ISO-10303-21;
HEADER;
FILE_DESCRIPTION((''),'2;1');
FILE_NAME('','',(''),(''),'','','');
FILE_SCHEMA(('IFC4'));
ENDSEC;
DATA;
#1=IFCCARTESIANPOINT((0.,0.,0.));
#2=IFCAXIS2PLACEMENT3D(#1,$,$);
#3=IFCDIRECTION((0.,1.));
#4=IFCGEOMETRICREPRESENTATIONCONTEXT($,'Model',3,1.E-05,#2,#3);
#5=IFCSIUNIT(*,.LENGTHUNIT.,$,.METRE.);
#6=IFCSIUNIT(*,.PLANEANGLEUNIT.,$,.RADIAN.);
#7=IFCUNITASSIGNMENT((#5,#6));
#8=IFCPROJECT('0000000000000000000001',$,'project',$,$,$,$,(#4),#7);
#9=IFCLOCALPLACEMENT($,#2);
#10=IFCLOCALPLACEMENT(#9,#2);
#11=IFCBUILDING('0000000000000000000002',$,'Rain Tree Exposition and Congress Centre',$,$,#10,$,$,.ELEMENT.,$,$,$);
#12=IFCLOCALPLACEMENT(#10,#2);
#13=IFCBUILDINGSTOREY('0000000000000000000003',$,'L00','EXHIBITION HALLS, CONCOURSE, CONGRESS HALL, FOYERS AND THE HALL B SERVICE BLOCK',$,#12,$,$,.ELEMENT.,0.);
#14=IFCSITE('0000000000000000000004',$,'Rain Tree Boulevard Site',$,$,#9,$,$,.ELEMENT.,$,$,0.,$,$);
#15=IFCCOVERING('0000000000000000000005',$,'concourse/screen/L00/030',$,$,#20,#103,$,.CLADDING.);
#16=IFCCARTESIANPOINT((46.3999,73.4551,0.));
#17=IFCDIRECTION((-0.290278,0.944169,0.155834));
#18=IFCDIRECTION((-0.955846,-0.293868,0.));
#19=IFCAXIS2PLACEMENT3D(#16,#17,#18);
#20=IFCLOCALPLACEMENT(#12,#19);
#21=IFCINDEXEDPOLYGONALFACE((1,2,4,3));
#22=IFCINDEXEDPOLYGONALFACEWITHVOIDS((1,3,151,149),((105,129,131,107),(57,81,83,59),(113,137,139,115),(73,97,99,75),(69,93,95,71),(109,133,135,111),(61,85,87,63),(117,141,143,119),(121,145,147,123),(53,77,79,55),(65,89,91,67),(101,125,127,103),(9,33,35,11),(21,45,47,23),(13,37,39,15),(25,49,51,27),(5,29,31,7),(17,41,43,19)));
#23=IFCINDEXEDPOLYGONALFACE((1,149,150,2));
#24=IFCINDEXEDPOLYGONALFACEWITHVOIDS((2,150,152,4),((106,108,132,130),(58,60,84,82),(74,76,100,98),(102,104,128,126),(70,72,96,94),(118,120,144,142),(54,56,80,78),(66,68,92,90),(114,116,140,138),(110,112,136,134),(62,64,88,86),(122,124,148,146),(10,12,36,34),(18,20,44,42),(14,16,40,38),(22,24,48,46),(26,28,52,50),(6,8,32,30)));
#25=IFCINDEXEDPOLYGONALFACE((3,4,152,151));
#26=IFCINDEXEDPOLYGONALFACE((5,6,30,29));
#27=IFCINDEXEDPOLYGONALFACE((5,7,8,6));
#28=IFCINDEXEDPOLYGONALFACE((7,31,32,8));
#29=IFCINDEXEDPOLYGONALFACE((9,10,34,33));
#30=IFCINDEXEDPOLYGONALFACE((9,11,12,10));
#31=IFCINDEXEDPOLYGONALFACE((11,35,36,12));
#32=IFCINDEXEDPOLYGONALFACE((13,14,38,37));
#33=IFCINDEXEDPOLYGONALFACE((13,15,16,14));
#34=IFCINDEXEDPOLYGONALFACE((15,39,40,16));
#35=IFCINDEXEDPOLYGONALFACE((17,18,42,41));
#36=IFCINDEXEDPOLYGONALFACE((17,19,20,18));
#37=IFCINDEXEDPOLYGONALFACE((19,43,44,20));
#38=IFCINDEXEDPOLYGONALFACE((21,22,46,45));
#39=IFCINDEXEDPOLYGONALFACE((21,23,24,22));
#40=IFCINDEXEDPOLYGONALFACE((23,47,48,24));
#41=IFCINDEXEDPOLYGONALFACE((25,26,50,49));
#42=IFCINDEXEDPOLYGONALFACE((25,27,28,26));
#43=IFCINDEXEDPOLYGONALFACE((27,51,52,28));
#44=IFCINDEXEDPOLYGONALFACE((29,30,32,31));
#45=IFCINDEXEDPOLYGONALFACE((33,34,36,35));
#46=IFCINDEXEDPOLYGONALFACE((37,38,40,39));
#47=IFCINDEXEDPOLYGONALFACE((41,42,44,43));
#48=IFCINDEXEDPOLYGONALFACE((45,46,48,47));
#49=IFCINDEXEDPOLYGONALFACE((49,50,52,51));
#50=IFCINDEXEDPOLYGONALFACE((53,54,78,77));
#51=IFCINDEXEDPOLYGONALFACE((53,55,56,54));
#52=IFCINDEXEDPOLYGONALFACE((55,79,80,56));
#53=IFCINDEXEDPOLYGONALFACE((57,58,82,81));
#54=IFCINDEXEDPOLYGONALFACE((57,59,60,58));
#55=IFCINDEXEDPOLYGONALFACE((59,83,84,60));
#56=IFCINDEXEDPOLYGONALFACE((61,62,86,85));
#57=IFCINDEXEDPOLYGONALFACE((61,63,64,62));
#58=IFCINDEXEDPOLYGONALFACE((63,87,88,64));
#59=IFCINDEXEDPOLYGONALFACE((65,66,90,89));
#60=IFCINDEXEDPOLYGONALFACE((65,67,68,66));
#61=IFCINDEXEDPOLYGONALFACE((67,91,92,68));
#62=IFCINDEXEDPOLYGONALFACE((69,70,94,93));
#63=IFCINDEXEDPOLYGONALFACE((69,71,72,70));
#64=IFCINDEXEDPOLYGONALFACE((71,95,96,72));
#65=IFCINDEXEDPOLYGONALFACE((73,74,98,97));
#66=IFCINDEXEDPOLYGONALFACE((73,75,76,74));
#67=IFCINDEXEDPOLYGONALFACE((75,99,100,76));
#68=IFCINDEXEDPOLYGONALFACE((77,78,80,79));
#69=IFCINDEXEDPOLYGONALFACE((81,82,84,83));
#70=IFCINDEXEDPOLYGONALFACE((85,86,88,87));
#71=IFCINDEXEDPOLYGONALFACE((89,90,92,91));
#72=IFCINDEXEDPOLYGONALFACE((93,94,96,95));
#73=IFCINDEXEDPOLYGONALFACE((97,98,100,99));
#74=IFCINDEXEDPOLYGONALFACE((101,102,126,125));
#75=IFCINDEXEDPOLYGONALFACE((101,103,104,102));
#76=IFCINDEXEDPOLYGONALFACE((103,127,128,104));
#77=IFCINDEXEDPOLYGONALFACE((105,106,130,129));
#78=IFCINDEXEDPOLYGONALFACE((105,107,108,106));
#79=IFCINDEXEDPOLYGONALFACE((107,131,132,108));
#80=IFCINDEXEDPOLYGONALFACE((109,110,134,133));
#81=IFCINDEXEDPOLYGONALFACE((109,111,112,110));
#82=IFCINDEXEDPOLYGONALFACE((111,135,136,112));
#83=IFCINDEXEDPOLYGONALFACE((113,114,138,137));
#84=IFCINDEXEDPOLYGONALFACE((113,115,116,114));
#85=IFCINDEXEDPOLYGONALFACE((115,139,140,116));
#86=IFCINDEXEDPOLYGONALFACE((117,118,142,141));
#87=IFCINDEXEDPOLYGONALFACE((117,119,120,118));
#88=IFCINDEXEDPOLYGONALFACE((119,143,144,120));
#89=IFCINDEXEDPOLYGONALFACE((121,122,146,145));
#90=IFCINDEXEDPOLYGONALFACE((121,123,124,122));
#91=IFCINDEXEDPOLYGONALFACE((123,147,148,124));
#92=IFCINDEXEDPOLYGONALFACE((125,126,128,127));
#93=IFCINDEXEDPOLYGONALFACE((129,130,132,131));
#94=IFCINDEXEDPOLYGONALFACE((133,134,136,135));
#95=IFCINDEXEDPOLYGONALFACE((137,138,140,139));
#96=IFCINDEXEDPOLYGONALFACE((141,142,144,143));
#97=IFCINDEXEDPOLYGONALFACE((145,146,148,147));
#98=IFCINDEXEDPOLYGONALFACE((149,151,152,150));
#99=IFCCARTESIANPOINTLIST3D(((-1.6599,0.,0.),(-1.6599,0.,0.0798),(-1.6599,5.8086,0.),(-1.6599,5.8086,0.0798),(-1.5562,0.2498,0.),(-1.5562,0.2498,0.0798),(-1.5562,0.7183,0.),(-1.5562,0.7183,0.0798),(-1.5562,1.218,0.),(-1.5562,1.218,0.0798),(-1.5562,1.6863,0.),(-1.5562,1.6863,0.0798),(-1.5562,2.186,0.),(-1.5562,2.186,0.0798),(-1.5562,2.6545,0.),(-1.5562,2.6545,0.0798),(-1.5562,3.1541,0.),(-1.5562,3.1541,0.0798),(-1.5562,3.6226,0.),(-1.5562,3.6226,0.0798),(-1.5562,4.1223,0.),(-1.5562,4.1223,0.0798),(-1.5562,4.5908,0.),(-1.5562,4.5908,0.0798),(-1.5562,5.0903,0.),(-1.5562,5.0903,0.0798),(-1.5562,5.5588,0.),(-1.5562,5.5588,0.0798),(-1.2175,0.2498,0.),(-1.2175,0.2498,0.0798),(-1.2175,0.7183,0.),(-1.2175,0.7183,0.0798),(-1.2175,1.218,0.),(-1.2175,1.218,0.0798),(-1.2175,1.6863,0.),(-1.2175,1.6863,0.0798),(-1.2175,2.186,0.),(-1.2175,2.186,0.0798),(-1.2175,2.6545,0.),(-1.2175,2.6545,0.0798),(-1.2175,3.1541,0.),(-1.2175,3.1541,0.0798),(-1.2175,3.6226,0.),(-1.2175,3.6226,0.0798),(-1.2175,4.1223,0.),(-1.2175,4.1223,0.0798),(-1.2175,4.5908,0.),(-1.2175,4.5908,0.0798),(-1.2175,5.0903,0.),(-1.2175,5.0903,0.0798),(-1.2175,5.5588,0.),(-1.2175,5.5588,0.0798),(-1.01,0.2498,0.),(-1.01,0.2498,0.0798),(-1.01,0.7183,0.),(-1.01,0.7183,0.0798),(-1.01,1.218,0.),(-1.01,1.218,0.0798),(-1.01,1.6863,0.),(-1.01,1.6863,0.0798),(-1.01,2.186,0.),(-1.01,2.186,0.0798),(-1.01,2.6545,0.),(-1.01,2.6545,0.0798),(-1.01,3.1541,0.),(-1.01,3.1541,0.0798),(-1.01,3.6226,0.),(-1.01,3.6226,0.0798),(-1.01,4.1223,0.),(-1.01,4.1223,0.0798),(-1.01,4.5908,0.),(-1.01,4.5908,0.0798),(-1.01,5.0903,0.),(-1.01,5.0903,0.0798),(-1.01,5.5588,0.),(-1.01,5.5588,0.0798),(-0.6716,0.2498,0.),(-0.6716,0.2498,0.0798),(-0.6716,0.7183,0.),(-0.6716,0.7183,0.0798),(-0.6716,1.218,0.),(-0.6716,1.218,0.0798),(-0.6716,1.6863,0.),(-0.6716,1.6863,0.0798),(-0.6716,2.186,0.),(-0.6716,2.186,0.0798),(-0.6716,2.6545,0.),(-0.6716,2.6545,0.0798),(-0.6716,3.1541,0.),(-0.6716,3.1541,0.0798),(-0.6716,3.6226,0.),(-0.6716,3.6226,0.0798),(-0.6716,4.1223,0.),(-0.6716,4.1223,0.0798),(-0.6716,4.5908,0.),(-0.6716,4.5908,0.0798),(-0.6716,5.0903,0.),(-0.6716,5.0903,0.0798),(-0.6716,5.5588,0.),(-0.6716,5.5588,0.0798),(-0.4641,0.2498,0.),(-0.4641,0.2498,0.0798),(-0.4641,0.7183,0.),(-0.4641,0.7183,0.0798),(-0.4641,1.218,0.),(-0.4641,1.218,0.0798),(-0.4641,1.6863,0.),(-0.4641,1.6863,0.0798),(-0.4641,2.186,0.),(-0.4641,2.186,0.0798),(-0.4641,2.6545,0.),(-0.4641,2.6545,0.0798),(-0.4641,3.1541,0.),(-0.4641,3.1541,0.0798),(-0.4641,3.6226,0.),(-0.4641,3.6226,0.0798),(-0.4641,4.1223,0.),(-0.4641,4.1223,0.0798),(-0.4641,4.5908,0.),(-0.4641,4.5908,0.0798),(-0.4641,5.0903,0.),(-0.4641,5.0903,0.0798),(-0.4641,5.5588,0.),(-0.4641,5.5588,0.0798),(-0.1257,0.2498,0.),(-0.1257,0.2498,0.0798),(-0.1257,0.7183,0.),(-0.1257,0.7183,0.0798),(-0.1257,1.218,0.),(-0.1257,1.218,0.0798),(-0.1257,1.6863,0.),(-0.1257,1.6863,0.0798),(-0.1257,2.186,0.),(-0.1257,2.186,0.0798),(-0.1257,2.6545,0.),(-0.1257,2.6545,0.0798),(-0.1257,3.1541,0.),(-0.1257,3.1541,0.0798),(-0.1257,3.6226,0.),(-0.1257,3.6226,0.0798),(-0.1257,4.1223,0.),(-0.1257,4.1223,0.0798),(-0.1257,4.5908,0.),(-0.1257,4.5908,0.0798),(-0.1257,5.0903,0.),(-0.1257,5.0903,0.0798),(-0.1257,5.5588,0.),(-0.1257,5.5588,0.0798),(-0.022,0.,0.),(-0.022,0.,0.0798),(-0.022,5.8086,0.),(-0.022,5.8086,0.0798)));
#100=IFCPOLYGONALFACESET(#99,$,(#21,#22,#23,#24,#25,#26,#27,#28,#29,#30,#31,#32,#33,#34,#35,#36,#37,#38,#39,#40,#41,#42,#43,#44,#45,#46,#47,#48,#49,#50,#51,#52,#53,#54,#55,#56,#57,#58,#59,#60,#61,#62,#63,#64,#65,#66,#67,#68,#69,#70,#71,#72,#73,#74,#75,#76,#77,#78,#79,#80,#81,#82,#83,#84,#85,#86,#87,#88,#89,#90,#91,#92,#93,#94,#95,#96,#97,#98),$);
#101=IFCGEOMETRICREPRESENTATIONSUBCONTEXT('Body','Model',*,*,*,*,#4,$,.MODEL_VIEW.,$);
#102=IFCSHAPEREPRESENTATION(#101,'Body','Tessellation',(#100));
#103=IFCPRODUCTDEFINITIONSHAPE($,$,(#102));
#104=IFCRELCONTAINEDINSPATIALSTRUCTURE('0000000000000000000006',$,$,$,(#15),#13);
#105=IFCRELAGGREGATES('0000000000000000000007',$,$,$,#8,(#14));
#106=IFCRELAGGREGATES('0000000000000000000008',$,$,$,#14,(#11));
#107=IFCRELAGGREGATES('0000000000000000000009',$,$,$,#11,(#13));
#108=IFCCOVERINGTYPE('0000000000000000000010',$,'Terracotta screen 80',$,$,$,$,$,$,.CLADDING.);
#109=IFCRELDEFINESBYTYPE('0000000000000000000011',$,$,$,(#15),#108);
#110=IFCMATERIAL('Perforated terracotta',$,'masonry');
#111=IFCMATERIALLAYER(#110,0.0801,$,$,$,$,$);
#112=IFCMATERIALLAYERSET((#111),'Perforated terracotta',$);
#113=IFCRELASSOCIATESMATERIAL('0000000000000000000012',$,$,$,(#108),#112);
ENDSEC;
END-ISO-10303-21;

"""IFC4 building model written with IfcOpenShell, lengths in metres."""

from ifc_helpers import new_model, si_unit, direction, frame, origin, place, context, subcontext, project, spatial, polyline, outline, extrude, material, layer, layer_set, type_object, element, save


model = new_model("IFC4")

# Units and contexts
model_context = context("Model", 3, precision=1e-05, world=origin(), true_north=direction((0.0, 1.0)))
body_context = subcontext(model_context, "Body", "Model", "MODEL_VIEW")
ifc_project = project(units=[si_unit("LENGTHUNIT", "METRE"), si_unit("PLANEANGLEUNIT", "RADIAN")], contexts=[model_context])

# Site, building, storey
site_placement = place(None, origin())
site = spatial("IfcSite", under=ifc_project, at=site_placement, Name="Rain Tree Boulevard Site", CompositionType="ELEMENT", RefElevation=0.0)
building_placement = place(site_placement, origin())
building = spatial("IfcBuilding", under=site, at=building_placement, Name="Rain Tree Exposition and Congress Centre", CompositionType="ELEMENT")
storey_placement = place(building_placement, origin())
storey = spatial("IfcBuildingStorey", under=building, at=storey_placement, Name="L00", Description="EXHIBITION HALLS, CONCOURSE, CONGRESS HALL, FOYERS AND THE HALL B SERVICE BLOCK", CompositionType="ELEMENT", Elevation=0.0)

# Covering
ifc_material_1 = material(Name="Perforated terracotta", Category="masonry")
ifc_layer_1 = layer(ifc_material_1, 0.0801)
ifc_layer_set_1 = layer_set([ifc_layer_1], Name="Perforated terracotta")
covering_type = type_object("IfcCoveringType", Name="Terracotta screen 80", PredefinedType="CLADDING", material=ifc_layer_set_1)
covering_1_placement = place(storey_placement, frame((46.3999, 73.4551, 0.0), z_axis=(-0.290278, 0.944169, 0.155834), x_axis=(-0.955846, -0.293868, 0.0)))
element("IfcCovering", 1, at=covering_1_placement, inside=storey, type_object=covering_type, Name="concourse/screen/L00/030", PredefinedType="CLADDING", context=body_context, shape_type="SweptSolid", body=[
    extrude(outline(polyline([(-0.022, 0.0), (-1.6599, 0.0), (-1.6599, 5.8086), (-0.022, 5.8086), (-0.022, 0.0)]), holes=[polyline([(-0.1257, 0.2498), (-0.1257, 0.7183), (-0.4641, 0.7183), (-0.4641, 0.2498), (-0.1257, 0.2498)]), polyline([(-0.1257, 1.218), (-0.1257, 1.6863), (-0.4641, 1.6863), (-0.4641, 1.218), (-0.1257, 1.218)]), polyline([(-0.1257, 2.186), (-0.1257, 2.6545), (-0.4641, 2.6545), (-0.4641, 2.186), (-0.1257, 2.186)]), polyline([(-0.1257, 3.1541), (-0.1257, 3.6226), (-0.4641, 3.6226), (-0.4641, 3.1541), (-0.1257, 3.1541)]), polyline([(-0.1257, 4.1223), (-0.1257, 4.5908), (-0.4641, 4.5908), (-0.4641, 4.1223), (-0.1257, 4.1223)]), polyline([(-0.1257, 5.0903), (-0.1257, 5.5588), (-0.4641, 5.5588), (-0.4641, 5.0903), (-0.1257, 5.0903)]), polyline([(-0.6716, 0.2498), (-0.6716, 0.7183), (-1.01, 0.7183), (-1.01, 0.2498), (-0.6716, 0.2498)]), polyline([(-0.6716, 1.218), (-0.6716, 1.6863), (-1.01, 1.6863), (-1.01, 1.218), (-0.6716, 1.218)]), polyline([(-0.6716, 2.186), (-0.6716, 2.6545), (-1.01, 2.6545), (-1.01, 2.186), (-0.6716, 2.186)]), polyline([(-0.6716, 3.1541), (-0.6716, 3.6226), (-1.01, 3.6226), (-1.01, 3.1541), (-0.6716, 3.1541)]), polyline([(-0.6716, 4.1223), (-0.6716, 4.5908), (-1.01, 4.5908), (-1.01, 4.1223), (-0.6716, 4.1223)]), polyline([(-0.6716, 5.0903), (-0.6716, 5.5588), (-1.01, 5.5588), (-1.01, 5.0903), (-0.6716, 5.0903)]), polyline([(-1.2175, 0.2498), (-1.2175, 0.7183), (-1.5562, 0.7183), (-1.5562, 0.2498), (-1.2175, 0.2498)]), polyline([(-1.2175, 1.218), (-1.2175, 1.6863), (-1.5562, 1.6863), (-1.5562, 1.218), (-1.2175, 1.218)]), polyline([(-1.2175, 2.186), (-1.2175, 2.6545), (-1.5562, 2.6545), (-1.5562, 2.186), (-1.2175, 2.186)]), polyline([(-1.2175, 3.1541), (-1.2175, 3.6226), (-1.5562, 3.6226), (-1.5562, 3.1541), (-1.2175, 3.1541)]), polyline([(-1.2175, 4.1223), (-1.2175, 4.5908), (-1.5562, 4.5908), (-1.5562, 4.1223), (-1.2175, 4.1223)]), polyline([(-1.2175, 5.0903), (-1.2175, 5.5588), (-1.5562, 5.5588), (-1.5562, 5.0903), (-1.2175, 5.0903)])]), origin(), (0.0, 0.0, 1.0), 0.0798),
])

save(model, "model.ifc")
